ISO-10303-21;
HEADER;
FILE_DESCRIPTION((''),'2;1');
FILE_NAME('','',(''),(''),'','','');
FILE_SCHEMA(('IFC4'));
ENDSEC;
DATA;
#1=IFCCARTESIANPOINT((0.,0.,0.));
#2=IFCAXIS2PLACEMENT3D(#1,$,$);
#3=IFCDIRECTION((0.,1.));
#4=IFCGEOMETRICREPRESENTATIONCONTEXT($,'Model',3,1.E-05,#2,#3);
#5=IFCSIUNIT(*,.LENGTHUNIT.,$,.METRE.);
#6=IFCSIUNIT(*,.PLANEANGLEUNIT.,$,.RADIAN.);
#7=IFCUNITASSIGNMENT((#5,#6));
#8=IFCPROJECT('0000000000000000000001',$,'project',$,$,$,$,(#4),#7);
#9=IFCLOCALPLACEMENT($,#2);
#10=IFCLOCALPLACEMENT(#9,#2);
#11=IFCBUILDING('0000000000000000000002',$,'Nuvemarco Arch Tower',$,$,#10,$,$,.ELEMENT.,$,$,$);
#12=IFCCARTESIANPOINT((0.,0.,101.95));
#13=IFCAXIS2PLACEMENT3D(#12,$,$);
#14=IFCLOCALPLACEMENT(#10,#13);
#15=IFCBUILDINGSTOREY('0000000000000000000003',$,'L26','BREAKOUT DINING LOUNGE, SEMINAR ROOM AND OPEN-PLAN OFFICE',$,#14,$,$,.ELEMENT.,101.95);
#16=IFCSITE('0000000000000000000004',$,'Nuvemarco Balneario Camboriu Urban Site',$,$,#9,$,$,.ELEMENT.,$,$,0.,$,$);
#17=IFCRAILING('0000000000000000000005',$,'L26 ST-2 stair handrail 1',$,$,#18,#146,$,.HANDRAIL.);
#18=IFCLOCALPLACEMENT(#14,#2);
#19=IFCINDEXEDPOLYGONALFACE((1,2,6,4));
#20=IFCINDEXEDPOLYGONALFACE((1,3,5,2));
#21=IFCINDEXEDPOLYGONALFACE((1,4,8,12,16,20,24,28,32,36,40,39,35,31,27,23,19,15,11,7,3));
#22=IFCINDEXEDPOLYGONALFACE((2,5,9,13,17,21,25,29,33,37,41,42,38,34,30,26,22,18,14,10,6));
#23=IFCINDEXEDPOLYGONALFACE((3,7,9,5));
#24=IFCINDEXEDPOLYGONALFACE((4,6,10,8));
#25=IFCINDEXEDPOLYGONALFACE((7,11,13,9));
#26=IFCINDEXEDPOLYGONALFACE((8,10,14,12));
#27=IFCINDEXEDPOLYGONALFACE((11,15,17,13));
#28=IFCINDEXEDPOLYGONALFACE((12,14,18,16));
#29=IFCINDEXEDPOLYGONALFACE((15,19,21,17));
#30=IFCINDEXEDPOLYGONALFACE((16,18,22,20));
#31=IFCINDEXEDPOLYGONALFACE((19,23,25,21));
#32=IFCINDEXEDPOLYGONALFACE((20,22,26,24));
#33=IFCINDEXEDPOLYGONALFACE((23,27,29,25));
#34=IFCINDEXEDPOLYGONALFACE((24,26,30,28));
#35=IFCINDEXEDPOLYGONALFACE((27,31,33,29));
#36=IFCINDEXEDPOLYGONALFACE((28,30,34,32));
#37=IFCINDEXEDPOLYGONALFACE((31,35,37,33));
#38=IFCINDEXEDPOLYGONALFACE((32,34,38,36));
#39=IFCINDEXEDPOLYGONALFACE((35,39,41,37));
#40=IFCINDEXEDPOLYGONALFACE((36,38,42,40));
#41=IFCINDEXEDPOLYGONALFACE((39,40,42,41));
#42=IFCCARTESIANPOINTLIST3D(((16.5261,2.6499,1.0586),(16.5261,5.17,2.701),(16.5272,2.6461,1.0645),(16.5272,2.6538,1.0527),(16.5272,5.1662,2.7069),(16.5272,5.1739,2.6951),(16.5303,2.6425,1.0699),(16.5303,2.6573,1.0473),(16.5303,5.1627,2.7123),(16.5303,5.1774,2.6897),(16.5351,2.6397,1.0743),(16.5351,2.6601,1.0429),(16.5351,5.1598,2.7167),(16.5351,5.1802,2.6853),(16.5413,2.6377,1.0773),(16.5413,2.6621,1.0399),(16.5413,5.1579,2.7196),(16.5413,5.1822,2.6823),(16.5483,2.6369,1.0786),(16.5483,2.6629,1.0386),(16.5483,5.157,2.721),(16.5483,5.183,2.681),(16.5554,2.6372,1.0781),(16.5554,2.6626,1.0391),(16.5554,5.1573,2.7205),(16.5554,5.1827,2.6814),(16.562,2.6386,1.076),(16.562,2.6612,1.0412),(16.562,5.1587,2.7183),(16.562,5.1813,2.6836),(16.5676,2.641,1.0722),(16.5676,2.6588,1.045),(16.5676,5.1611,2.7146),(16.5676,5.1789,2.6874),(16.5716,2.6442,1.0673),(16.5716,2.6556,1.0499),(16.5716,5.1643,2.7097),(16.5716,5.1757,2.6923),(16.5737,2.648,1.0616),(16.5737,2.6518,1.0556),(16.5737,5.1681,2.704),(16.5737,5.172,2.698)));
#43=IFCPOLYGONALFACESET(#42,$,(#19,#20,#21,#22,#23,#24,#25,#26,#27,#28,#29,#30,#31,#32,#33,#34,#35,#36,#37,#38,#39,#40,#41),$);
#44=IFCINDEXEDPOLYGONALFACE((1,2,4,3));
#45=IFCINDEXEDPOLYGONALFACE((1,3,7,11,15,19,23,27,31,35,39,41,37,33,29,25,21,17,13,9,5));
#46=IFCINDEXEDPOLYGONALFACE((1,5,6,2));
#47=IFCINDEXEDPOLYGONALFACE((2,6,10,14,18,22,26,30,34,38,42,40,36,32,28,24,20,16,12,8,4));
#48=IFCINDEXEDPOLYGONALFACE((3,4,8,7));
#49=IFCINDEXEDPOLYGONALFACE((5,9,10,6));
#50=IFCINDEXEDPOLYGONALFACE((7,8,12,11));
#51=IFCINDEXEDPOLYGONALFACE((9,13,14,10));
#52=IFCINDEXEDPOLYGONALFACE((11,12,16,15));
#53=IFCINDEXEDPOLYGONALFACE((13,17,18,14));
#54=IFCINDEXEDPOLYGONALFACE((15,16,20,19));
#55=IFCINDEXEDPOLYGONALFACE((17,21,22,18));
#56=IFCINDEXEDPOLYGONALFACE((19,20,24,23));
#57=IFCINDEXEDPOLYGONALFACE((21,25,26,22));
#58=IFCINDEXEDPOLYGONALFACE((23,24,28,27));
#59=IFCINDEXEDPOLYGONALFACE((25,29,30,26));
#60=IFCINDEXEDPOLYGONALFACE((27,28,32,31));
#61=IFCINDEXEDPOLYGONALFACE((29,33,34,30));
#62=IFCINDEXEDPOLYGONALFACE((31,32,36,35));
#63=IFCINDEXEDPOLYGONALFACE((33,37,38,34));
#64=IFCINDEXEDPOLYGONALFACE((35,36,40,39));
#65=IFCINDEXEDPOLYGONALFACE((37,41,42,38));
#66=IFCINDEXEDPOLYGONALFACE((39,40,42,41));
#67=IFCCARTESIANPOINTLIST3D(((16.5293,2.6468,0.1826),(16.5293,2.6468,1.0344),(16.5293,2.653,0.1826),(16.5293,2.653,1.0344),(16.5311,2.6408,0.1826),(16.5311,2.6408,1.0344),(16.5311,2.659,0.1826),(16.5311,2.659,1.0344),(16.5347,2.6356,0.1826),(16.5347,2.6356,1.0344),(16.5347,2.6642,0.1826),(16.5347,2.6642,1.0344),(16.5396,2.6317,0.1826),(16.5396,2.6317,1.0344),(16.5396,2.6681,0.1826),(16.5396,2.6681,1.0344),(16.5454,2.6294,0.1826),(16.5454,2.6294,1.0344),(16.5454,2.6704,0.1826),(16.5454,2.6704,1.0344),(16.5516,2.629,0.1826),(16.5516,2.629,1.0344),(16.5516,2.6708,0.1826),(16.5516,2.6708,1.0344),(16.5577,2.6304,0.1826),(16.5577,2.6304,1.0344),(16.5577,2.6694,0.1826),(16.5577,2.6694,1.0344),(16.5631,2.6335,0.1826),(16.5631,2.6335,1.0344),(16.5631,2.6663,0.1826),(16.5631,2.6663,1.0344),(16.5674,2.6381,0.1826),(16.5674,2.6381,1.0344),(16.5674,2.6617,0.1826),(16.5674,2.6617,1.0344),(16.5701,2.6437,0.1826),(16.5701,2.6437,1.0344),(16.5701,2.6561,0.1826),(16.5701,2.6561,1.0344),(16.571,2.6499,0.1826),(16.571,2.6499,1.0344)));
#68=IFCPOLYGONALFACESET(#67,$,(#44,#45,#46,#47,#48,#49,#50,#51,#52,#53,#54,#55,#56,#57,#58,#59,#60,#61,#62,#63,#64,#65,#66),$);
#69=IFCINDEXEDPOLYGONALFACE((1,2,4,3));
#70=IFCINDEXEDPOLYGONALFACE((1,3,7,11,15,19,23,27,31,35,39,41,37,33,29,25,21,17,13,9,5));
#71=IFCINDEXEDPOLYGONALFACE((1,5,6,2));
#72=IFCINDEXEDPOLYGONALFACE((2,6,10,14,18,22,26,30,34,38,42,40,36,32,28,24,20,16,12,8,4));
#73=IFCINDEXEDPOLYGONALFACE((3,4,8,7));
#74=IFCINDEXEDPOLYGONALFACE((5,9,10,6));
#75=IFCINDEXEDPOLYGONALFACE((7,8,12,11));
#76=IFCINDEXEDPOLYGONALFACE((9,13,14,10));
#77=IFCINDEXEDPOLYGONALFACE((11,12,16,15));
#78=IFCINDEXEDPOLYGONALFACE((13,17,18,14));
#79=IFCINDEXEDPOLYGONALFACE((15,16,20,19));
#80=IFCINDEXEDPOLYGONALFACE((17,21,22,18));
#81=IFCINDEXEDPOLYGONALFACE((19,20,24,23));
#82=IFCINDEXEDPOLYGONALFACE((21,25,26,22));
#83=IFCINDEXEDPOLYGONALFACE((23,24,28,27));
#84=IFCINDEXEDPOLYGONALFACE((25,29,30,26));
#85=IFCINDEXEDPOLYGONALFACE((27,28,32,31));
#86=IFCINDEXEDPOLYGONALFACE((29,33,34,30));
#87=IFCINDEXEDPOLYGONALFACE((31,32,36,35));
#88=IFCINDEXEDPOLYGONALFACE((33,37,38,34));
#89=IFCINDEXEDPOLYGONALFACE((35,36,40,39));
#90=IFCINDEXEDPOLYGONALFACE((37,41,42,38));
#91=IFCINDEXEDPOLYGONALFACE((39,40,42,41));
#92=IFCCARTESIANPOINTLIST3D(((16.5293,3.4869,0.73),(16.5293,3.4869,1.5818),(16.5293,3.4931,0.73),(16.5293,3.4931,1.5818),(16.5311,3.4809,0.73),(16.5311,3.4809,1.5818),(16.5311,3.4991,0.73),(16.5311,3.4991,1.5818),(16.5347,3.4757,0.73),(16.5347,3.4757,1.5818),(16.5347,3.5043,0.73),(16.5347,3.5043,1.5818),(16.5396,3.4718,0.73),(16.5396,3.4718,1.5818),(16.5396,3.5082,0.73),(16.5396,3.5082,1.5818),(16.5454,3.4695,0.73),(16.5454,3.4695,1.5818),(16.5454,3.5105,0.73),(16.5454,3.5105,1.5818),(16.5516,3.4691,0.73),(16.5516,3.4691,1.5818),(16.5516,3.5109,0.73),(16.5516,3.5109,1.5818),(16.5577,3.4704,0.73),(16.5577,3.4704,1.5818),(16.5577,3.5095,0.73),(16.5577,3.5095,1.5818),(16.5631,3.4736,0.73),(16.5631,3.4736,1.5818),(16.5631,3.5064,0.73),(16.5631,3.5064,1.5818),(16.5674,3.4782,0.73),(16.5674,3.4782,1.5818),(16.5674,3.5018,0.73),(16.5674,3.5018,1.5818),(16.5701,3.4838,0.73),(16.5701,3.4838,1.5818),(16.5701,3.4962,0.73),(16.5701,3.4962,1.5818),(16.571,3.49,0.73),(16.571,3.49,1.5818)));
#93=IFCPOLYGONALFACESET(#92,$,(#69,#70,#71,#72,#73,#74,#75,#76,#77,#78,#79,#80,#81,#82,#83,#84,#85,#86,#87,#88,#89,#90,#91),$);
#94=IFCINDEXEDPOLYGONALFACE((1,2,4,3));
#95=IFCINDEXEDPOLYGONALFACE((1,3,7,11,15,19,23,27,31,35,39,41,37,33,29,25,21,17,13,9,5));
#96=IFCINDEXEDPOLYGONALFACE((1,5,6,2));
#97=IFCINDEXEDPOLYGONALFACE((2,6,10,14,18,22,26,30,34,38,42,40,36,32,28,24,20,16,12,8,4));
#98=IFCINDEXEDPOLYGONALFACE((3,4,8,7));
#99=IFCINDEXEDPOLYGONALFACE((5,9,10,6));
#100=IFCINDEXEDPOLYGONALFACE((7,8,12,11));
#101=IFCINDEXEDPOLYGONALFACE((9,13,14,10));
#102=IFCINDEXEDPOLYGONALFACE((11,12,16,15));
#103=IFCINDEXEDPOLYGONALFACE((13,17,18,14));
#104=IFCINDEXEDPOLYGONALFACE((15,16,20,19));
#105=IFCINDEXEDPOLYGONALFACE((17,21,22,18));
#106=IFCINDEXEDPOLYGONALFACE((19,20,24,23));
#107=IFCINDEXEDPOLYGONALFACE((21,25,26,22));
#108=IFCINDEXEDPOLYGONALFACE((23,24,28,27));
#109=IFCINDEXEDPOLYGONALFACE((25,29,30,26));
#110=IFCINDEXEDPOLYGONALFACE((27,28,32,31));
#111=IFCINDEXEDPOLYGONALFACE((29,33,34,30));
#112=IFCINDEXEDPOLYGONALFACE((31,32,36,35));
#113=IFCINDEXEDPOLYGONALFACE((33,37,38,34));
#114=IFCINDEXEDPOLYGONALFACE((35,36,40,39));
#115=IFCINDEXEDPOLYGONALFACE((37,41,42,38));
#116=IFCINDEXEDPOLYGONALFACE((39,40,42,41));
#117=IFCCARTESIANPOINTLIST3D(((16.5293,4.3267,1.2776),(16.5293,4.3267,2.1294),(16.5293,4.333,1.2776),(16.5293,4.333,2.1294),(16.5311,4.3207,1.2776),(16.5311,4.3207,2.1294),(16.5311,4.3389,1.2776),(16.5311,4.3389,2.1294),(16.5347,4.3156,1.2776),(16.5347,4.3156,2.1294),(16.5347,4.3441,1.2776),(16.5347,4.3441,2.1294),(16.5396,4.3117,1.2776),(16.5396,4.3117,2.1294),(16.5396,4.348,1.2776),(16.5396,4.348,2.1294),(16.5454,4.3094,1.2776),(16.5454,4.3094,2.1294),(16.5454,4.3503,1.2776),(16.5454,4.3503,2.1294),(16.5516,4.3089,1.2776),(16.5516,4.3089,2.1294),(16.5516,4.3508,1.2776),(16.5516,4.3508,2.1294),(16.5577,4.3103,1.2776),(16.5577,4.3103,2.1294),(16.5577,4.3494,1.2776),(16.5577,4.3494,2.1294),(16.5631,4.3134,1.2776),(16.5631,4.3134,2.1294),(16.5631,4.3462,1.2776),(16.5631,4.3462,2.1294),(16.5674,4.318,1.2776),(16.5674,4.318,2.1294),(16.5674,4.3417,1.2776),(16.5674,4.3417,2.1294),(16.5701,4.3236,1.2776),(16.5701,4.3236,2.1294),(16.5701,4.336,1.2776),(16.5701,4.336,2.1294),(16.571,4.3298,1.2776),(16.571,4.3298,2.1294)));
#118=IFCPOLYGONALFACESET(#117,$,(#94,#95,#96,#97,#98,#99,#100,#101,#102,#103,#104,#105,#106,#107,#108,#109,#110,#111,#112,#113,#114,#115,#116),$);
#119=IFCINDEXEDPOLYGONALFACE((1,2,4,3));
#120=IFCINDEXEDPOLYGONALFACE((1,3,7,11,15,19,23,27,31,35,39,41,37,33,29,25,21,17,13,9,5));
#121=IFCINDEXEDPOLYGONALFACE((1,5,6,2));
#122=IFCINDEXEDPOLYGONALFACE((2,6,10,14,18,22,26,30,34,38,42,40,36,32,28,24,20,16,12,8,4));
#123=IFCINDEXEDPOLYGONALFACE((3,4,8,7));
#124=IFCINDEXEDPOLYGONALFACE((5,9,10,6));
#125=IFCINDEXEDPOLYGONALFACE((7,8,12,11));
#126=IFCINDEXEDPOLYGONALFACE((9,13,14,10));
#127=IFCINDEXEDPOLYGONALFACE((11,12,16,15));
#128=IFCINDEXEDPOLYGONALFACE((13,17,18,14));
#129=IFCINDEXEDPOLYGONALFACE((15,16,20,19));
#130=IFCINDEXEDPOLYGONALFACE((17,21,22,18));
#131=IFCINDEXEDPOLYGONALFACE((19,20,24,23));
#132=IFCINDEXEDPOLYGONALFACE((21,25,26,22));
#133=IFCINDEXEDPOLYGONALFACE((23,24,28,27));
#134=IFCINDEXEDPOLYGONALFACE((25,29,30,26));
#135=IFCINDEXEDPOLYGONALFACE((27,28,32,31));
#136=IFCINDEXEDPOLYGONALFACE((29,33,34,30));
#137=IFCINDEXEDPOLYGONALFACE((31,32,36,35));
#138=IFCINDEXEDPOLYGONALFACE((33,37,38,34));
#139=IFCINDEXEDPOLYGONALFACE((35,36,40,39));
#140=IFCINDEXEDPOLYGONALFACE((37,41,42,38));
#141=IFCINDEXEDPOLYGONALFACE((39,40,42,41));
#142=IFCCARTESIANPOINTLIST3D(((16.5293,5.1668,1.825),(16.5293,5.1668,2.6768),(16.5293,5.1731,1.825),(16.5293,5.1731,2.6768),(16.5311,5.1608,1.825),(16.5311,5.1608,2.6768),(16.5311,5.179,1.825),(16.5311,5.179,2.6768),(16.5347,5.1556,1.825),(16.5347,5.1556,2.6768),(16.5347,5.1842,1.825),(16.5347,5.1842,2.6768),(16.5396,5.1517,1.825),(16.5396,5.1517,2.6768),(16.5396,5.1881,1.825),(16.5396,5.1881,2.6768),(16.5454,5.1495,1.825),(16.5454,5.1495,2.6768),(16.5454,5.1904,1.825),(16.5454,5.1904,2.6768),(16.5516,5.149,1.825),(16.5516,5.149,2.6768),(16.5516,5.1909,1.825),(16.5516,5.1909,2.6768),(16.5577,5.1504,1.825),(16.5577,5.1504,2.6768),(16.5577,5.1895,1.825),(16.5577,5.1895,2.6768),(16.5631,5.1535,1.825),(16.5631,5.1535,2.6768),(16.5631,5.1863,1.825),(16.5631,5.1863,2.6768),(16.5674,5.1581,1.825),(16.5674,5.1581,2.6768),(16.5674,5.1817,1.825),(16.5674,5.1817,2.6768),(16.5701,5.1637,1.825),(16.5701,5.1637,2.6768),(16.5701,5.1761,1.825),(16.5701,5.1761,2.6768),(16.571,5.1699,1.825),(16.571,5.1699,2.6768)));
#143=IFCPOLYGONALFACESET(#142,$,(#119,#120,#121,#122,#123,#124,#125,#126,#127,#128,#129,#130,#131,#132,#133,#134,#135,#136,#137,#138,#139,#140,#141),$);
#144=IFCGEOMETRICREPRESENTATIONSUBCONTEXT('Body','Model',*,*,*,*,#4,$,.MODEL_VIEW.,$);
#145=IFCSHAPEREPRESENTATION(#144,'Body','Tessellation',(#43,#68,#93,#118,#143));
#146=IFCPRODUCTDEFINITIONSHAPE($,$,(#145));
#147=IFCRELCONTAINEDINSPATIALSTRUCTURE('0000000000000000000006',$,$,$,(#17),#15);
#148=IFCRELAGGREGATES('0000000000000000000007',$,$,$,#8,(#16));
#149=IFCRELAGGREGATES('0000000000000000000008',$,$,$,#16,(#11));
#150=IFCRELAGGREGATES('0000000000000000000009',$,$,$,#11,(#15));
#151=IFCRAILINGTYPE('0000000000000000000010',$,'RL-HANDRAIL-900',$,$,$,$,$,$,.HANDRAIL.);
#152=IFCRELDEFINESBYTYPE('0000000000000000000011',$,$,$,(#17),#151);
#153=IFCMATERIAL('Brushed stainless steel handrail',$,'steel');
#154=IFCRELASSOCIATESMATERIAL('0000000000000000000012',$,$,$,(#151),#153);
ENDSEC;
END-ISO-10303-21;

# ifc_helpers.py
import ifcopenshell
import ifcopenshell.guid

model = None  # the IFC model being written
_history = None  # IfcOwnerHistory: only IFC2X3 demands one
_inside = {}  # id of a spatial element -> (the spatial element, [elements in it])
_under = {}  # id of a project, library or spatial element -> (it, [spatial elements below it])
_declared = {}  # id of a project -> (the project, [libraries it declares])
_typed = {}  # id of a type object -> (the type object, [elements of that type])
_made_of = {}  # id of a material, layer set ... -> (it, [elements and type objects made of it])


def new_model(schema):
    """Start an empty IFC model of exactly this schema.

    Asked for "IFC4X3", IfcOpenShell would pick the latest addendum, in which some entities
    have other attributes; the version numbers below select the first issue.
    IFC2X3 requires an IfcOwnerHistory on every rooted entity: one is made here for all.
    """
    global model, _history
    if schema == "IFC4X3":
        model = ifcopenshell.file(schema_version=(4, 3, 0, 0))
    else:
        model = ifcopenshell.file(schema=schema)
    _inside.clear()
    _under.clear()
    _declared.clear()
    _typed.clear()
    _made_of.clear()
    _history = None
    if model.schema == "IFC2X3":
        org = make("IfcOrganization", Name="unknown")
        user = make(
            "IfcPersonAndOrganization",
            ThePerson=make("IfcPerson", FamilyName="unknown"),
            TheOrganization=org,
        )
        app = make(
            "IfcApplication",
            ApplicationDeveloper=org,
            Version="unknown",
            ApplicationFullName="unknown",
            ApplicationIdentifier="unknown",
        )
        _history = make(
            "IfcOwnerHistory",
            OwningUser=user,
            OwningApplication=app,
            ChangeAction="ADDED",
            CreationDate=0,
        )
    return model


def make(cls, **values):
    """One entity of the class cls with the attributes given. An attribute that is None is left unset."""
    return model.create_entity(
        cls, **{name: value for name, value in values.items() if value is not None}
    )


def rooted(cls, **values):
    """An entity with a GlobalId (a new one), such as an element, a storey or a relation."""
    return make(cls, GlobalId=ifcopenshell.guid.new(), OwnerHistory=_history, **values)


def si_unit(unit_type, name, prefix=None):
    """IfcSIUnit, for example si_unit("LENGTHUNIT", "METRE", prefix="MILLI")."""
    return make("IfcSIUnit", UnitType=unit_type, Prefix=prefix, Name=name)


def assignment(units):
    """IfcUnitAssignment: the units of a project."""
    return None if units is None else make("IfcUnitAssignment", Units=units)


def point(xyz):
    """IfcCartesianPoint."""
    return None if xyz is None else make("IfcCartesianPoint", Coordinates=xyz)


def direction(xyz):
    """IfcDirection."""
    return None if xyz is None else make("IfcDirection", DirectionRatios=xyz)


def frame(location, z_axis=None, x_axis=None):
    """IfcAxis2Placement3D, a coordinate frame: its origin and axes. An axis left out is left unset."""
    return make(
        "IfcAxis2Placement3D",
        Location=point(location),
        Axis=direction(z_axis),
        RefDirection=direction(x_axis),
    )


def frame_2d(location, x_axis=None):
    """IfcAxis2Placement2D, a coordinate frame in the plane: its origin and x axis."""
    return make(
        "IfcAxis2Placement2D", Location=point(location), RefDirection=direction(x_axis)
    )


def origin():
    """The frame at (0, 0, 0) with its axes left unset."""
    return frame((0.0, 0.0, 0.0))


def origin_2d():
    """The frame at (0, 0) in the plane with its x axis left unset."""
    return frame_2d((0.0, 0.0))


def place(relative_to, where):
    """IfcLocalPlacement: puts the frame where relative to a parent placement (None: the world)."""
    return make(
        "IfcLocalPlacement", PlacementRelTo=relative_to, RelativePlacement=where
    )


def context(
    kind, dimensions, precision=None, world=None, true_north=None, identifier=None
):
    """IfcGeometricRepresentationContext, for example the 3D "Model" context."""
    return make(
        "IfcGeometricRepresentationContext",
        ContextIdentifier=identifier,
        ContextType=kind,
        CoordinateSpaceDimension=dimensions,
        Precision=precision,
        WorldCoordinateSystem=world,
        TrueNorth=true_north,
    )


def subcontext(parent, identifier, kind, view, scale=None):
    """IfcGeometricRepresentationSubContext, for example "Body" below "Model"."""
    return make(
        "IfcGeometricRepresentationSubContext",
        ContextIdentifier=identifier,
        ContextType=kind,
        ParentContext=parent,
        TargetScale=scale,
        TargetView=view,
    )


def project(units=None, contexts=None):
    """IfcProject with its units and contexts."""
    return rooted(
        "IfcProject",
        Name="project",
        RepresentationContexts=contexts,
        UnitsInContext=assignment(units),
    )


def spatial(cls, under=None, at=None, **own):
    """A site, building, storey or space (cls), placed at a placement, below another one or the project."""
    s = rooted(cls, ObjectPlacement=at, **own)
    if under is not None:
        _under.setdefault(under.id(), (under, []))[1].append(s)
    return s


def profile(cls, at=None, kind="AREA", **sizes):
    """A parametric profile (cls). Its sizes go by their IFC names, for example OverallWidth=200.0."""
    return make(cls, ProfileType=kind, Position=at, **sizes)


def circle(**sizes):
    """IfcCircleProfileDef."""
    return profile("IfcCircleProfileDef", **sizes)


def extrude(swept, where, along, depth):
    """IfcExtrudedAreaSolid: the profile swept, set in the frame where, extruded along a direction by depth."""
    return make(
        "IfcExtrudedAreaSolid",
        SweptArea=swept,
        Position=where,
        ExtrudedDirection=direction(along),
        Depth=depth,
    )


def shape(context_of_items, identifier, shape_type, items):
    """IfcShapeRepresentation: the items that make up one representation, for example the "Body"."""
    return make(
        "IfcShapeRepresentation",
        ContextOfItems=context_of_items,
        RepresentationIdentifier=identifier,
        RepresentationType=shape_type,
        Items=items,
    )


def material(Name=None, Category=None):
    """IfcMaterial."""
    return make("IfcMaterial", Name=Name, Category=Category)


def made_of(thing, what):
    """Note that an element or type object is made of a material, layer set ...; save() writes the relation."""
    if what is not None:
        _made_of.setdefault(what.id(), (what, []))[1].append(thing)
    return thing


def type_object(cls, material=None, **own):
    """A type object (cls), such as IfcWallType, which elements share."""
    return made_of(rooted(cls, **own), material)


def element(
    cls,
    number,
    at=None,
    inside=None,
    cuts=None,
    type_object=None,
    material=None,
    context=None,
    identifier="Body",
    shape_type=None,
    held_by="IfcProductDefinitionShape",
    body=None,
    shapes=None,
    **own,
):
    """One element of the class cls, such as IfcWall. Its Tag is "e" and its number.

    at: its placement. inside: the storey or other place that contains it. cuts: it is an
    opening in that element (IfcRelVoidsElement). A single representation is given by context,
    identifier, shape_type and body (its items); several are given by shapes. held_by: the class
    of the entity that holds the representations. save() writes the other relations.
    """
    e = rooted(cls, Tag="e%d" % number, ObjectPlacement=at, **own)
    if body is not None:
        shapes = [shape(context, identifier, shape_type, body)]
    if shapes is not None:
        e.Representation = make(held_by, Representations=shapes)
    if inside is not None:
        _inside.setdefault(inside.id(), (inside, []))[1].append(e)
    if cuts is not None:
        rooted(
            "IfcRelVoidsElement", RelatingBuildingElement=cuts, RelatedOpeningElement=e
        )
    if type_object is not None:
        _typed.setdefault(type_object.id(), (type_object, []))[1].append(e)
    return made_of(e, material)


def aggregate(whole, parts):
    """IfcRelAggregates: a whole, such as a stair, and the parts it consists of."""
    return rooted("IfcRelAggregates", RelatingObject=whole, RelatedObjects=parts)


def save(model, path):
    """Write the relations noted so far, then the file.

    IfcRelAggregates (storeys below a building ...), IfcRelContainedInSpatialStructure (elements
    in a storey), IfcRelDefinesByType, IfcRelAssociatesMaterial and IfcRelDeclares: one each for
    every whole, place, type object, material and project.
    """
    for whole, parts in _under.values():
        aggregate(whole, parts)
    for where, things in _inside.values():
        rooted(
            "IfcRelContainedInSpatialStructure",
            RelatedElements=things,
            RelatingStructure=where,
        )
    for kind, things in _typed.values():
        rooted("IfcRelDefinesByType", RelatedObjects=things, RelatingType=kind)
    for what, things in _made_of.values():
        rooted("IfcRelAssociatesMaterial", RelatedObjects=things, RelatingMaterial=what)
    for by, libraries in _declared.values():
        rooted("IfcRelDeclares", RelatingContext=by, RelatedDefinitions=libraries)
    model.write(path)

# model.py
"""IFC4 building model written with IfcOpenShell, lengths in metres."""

from ifc_helpers import new_model, si_unit, direction, frame, origin, origin_2d, place, context, subcontext, project, spatial, circle, extrude, material, type_object, element, save


model = new_model("IFC4")

# Units and contexts
model_context = context("Model", 3, precision=1e-05, world=origin(), true_north=direction((0.0, 1.0)))
body_context = subcontext(model_context, "Body", "Model", "MODEL_VIEW")
ifc_project = project(units=[si_unit("LENGTHUNIT", "METRE"), si_unit("PLANEANGLEUNIT", "RADIAN")], contexts=[model_context])

# Site, building, storey
site_placement = place(None, origin())
site = spatial("IfcSite", under=ifc_project, at=site_placement, Name="Nuvemarco Balneario Camboriu Urban Site", CompositionType="ELEMENT", RefElevation=0.0)
building_placement = place(site_placement, origin())
building = spatial("IfcBuilding", under=site, at=building_placement, Name="Nuvemarco Arch Tower", CompositionType="ELEMENT")
storey_placement = place(building_placement, frame((0.0, 0.0, 101.95)))
storey = spatial("IfcBuildingStorey", under=building, at=storey_placement, Name="L26", Description="BREAKOUT DINING LOUNGE, SEMINAR ROOM AND OPEN-PLAN OFFICE", CompositionType="ELEMENT", Elevation=101.95)

# Railing
ifc_material_1 = material(Name="Brushed stainless steel handrail", Category="steel")
railing_type_1 = type_object("IfcRailingType", Name="RL-HANDRAIL-900", PredefinedType="HANDRAIL", material=ifc_material_1)
railing_1_placement = place(storey_placement, frame((16.55, 2.6499, 0.1826)))
element("IfcRailing", 1, at=railing_1_placement, inside=storey, type_object=railing_type_1, Name="L26 ST-2 stair handrail 1", PredefinedType="HANDRAIL", context=body_context, shape_type="SweptSolid", body=[
    extrude(circle(Radius=0.0239, at=origin_2d()), frame((0.0, 0.0, 0.876), z_axis=(0.0, 0.837787, 0.545998), x_axis=(-1.0, 0.0, 0.0)), (0.0, 0.0, 1.0), 3.0081),
    extrude(circle(Radius=0.021, at=origin_2d()), origin(), (0.0, 0.0, 1.0), 0.8518),
    extrude(circle(Radius=0.021, at=origin_2d()), frame((0.0, 0.8401, 0.5474)), (0.0, 0.0, 1.0), 0.8518),
    extrude(circle(Radius=0.021, at=origin_2d()), frame((0.0, 1.6799, 1.095)), (0.0, 0.0, 1.0), 0.8518),
    extrude(circle(Radius=0.021, at=origin_2d()), frame((0.0, 2.52, 1.6423)), (0.0, 0.0, 1.0), 0.8518),
])

save(model, "model.ifc")
